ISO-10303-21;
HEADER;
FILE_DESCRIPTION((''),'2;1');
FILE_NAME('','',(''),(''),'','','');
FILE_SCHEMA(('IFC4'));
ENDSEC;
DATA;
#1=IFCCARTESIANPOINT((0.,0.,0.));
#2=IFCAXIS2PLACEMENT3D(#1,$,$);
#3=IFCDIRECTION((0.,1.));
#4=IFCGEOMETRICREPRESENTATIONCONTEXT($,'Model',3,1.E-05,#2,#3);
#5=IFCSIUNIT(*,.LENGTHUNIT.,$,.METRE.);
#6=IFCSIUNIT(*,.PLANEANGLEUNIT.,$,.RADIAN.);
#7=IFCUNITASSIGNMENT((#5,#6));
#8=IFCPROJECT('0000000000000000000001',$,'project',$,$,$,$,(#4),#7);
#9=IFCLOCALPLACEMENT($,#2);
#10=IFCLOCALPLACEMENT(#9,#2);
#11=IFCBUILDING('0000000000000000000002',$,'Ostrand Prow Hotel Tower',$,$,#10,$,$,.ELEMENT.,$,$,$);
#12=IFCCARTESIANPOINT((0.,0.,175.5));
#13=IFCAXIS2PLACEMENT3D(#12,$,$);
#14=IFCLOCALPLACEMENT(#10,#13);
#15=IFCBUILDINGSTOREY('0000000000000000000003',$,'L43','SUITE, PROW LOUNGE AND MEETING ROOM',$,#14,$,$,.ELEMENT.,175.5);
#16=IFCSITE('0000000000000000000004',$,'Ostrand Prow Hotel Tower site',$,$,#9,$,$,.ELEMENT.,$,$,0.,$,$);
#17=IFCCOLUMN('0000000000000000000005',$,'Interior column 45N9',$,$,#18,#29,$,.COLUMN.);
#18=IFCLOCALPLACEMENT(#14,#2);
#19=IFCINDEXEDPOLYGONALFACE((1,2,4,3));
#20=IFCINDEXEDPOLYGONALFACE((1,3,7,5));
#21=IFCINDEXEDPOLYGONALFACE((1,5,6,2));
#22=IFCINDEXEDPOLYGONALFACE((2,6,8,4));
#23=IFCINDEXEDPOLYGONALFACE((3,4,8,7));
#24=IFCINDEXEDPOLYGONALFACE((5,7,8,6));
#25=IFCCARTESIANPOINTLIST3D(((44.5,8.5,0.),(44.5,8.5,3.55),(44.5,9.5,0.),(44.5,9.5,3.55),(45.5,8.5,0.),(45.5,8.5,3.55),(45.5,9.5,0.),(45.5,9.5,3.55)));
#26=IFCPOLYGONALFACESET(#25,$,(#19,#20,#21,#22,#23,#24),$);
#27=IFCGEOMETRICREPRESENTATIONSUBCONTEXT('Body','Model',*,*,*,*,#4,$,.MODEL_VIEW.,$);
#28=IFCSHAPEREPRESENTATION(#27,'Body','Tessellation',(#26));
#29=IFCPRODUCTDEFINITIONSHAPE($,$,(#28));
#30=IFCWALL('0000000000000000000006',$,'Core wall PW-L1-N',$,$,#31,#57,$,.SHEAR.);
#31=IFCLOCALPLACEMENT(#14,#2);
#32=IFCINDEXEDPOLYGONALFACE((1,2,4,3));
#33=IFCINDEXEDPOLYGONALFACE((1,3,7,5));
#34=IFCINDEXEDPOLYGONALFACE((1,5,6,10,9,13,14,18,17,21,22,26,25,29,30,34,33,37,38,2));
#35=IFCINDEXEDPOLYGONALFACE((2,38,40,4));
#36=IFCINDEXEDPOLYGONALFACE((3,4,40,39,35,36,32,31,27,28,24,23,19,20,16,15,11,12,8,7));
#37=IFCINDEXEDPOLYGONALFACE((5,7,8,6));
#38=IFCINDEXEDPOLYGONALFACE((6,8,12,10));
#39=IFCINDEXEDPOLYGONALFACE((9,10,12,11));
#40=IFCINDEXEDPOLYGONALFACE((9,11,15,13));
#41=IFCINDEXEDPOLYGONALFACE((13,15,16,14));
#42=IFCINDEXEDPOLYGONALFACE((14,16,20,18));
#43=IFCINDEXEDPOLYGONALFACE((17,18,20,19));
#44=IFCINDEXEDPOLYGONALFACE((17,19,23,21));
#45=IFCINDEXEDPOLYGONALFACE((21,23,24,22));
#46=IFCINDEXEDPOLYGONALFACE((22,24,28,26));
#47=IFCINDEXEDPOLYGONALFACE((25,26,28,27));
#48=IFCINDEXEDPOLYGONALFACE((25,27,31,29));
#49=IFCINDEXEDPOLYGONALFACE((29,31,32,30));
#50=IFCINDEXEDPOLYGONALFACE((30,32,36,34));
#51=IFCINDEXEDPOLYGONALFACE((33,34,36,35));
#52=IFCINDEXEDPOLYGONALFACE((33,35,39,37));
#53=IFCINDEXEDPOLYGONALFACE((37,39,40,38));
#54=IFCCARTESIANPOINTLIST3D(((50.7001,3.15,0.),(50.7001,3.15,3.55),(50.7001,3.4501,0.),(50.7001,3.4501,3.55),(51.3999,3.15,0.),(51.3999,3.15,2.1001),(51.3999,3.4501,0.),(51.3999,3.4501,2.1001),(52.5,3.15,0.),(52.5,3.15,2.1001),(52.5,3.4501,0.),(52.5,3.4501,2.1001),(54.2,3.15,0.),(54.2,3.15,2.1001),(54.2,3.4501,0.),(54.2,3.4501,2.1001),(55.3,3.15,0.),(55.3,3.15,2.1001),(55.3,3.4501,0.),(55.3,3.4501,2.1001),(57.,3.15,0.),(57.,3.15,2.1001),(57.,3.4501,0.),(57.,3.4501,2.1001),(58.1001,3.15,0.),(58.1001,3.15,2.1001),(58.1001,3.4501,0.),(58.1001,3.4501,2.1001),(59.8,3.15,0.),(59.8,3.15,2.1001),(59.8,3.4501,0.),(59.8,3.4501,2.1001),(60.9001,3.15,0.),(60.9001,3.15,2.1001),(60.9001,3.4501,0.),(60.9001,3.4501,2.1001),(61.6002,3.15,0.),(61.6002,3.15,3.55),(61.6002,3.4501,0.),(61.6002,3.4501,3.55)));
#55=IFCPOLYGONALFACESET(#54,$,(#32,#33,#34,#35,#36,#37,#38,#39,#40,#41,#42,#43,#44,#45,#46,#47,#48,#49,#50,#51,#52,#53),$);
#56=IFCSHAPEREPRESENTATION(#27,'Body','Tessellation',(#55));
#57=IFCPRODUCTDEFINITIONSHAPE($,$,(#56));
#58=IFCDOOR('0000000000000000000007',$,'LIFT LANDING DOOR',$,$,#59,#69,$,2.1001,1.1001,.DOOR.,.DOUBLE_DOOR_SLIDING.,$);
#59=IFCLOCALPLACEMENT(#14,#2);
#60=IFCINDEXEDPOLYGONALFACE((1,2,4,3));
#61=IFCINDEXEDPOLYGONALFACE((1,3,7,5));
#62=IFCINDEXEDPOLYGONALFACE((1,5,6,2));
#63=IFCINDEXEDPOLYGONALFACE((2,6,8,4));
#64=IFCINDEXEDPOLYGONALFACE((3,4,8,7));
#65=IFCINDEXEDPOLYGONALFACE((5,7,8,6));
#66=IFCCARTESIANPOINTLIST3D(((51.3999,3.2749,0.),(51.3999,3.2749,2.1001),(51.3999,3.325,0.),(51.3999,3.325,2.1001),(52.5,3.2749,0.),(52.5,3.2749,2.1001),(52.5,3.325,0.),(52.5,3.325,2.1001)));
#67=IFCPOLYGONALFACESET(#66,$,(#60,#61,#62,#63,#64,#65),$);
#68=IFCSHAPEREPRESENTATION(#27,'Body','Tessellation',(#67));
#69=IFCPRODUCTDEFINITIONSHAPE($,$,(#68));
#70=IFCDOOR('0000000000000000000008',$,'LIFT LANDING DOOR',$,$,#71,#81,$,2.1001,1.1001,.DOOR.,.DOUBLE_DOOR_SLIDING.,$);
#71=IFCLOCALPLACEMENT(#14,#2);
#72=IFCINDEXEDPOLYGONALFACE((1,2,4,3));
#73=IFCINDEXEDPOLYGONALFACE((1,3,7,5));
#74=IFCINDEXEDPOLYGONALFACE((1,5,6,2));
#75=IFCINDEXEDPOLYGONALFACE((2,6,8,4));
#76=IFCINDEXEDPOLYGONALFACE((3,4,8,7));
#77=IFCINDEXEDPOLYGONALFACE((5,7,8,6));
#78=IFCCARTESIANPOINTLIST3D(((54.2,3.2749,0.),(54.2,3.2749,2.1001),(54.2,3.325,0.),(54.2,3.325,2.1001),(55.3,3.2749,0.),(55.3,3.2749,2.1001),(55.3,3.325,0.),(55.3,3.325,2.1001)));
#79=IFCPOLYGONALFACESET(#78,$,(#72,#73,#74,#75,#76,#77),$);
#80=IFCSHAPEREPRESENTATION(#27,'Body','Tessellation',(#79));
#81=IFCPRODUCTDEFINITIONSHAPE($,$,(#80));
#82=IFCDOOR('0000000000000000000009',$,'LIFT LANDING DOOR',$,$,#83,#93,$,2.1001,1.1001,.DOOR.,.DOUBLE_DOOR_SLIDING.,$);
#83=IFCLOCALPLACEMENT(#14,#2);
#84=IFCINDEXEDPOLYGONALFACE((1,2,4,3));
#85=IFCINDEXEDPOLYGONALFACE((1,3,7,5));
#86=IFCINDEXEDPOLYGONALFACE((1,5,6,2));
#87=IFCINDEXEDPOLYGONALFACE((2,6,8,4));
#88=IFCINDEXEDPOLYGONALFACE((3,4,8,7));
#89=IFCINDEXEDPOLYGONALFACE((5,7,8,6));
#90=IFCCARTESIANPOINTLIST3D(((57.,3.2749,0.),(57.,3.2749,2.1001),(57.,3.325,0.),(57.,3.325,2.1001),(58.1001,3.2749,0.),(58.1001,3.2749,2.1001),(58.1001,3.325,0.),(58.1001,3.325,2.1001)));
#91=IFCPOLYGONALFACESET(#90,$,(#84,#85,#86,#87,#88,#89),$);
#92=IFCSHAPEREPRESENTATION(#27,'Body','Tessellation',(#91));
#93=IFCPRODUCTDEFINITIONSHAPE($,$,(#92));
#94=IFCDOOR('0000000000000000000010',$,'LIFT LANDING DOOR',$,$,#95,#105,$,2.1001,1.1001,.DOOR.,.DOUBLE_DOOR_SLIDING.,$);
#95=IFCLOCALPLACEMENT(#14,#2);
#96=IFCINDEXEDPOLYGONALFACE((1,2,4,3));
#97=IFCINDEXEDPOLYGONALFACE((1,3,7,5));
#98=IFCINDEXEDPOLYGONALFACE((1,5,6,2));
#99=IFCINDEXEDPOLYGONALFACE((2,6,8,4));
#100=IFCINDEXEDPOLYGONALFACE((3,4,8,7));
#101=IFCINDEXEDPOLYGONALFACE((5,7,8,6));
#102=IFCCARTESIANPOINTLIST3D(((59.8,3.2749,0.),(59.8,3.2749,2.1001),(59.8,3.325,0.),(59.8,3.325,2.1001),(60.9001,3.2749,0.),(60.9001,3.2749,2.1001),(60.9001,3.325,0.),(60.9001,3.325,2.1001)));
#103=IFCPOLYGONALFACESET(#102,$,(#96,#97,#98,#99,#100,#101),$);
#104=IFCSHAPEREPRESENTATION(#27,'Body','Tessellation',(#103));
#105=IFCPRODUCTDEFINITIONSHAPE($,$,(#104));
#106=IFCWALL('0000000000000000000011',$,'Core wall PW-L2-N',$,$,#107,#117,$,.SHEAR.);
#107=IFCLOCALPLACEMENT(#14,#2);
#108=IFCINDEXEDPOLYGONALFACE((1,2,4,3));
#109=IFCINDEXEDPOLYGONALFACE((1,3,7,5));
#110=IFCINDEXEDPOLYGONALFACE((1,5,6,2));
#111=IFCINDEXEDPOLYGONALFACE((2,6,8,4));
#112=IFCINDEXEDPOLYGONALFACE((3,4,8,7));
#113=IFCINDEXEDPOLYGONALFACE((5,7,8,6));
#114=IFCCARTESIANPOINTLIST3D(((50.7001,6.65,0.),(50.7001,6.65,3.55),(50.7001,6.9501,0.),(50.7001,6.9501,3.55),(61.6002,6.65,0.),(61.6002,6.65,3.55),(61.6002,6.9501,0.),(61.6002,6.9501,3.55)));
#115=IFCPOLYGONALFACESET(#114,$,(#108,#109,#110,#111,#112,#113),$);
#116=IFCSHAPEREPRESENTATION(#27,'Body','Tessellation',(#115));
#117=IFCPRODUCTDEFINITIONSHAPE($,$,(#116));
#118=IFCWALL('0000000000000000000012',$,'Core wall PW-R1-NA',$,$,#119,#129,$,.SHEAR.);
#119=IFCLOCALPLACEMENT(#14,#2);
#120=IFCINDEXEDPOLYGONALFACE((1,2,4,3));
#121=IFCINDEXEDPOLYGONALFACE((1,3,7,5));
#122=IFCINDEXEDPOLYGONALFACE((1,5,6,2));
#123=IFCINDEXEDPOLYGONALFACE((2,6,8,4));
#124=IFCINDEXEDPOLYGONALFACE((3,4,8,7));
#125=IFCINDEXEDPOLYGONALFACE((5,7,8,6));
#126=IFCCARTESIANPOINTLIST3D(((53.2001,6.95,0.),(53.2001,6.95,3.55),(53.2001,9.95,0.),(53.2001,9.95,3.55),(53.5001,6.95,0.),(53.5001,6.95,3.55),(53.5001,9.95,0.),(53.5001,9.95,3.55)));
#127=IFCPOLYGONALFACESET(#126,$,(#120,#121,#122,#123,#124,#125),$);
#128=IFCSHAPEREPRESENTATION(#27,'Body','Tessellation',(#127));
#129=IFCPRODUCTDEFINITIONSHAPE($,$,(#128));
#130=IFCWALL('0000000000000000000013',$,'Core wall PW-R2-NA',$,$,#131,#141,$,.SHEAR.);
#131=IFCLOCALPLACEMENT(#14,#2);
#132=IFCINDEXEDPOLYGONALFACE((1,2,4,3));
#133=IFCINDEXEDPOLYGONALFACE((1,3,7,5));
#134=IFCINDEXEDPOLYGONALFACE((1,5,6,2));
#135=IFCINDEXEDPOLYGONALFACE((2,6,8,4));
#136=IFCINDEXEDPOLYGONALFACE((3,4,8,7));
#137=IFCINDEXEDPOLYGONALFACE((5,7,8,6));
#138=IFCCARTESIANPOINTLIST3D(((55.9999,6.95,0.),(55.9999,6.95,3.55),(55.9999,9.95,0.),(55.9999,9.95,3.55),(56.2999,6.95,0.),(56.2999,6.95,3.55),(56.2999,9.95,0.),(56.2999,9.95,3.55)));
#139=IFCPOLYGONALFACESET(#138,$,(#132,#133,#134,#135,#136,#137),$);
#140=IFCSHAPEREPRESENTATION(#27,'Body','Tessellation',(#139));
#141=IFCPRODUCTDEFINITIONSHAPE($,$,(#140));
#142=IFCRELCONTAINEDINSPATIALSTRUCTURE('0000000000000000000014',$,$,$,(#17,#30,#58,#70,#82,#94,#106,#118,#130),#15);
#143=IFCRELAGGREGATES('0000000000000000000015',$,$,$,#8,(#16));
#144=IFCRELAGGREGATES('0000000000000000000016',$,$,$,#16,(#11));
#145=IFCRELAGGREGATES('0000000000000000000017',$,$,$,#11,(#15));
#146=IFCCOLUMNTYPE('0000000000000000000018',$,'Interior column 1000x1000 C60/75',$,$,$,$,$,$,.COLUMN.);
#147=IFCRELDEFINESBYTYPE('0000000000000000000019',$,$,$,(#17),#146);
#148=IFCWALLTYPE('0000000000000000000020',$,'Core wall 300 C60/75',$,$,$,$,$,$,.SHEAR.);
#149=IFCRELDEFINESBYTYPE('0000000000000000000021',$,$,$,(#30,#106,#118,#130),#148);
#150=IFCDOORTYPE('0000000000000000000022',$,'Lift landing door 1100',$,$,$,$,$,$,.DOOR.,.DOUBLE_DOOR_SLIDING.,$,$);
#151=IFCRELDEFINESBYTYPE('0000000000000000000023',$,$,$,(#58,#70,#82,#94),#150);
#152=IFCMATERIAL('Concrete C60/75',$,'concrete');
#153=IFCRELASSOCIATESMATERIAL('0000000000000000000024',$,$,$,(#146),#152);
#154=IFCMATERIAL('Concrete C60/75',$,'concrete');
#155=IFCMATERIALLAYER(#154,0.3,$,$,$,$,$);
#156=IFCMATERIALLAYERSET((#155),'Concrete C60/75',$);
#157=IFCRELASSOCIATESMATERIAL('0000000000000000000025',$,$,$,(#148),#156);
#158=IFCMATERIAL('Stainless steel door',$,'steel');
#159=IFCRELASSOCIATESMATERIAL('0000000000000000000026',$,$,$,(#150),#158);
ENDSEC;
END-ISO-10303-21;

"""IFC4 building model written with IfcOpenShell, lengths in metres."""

from ifc_helpers import new_model, si_unit, direction, frame, frame_2d, origin, origin_2d, place, context, subcontext, project, spatial, rectangle, extrude, material, layer, layer_set, material_profile, profile_set, type_object, element, fill, save


model = new_model("IFC4")

# Units and contexts
model_context = context("Model", 3, precision=1e-05, world=origin(), true_north=direction((0.0, 1.0)))
body_context = subcontext(model_context, "Body", "Model", "MODEL_VIEW")
ifc_project = project(units=[si_unit("LENGTHUNIT", "METRE"), si_unit("PLANEANGLEUNIT", "RADIAN")], contexts=[model_context])

# Site, building, storey
site_placement = place(None, origin())
site = spatial("IfcSite", under=ifc_project, at=site_placement, Name="Ostrand Prow Hotel Tower site", CompositionType="ELEMENT", RefElevation=0.0)
building_placement = place(site_placement, origin())
building = spatial("IfcBuilding", under=site, at=building_placement, Name="Ostrand Prow Hotel Tower", CompositionType="ELEMENT")
storey_placement = place(building_placement, frame((0.0, 0.0, 175.5)))
storey = spatial("IfcBuildingStorey", under=building, at=storey_placement, Name="L43", Description="SUITE, PROW LOUNGE AND MEETING ROOM", CompositionType="ELEMENT", Elevation=175.5)

# Column
ifc_material_1 = material(Name="Concrete C60/75", Category="concrete")
ifc_material_profile = material_profile(ifc_material_1, rectangle(XDim=1.0, YDim=1.0, at=origin_2d()), Name="RC 1000x1000")
ifc_profile_set = profile_set([ifc_material_profile], Name="Concrete C60/75")
column_type = type_object("IfcColumnType", Name="Interior column 1000x1000 C60/75", PredefinedType="COLUMN", material=ifc_profile_set)
column_placement = place(storey_placement, frame((45.0, 9.0, 0.0), z_axis=(0.0, 0.0, 1.0), x_axis=(1.0, 0.0, 0.0)))
element("IfcColumn", 1, at=column_placement, inside=storey, type_object=column_type, Name="Interior column 45N9", PredefinedType="COLUMN", context=body_context, shape_type="SweptSolid", body=[
    extrude(rectangle(XDim=1.0, YDim=1.0, at=origin_2d()), origin(), (0.0, 0.0, 1.0), 3.55),
])

# Wall, openings, doors
ifc_material_2 = material(Name="Concrete C60/75", Category="concrete")
ifc_layer_1 = layer(ifc_material_2, 0.3)
ifc_layer_set_1 = layer_set([ifc_layer_1], Name="Concrete C60/75")
wall_type_1 = type_object("IfcWallType", Name="Core wall 300 C60/75", PredefinedType="SHEAR", material=ifc_layer_set_1)
wall_1_placement = place(storey_placement, frame((50.7, 3.3, 0.0), z_axis=(0.0, 0.0, 1.0), x_axis=(1.0, 0.0, 0.0)))
wall_1 = element("IfcWall", 2, at=wall_1_placement, inside=storey, type_object=wall_type_1, Name="Core wall PW-L1-N", PredefinedType="SHEAR", context=body_context, shape_type="SweptSolid", body=[
    extrude(rectangle(XDim=10.9001, YDim=0.3, at=frame_2d((5.4502, 0.0))), origin(), (0.0, 0.0, 1.0), 3.55),
])
opening_1_placement = place(wall_1_placement, frame((0.7, 0.0, 0.0)))
opening_1 = element("IfcOpeningElement", 3, at=opening_1_placement, cuts=wall_1, PredefinedType="OPENING", context=body_context, shape_type="SweptSolid", body=[
    extrude(rectangle(XDim=1.1001, YDim=2.1001, at=frame_2d((0.55, 1.05))), frame((0.0, 0.1599, 0.0), z_axis=(0.0, -1.0, 0.0), x_axis=(1.0, 0.0, 0.0)), (0.0, 0.0, 1.0), 0.3201),
])
opening_2_placement = place(wall_1_placement, frame((3.5, 0.0, 0.0)))
opening_2 = element("IfcOpeningElement", 4, at=opening_2_placement, cuts=wall_1, PredefinedType="OPENING", context=body_context, shape_type="SweptSolid", body=[
    extrude(rectangle(XDim=1.1001, YDim=2.1001, at=frame_2d((0.55, 1.05))), frame((0.0, 0.1599, 0.0), z_axis=(0.0, -1.0, 0.0), x_axis=(1.0, 0.0, 0.0)), (0.0, 0.0, 1.0), 0.3201),
])
opening_3_placement = place(wall_1_placement, frame((6.3, 0.0, 0.0)))
opening_3 = element("IfcOpeningElement", 5, at=opening_3_placement, cuts=wall_1, PredefinedType="OPENING", context=body_context, shape_type="SweptSolid", body=[
    extrude(rectangle(XDim=1.1001, YDim=2.1001, at=frame_2d((0.55, 1.05))), frame((0.0, 0.1599, 0.0), z_axis=(0.0, -1.0, 0.0), x_axis=(1.0, 0.0, 0.0)), (0.0, 0.0, 1.0), 0.3201),
])
opening_4_placement = place(wall_1_placement, frame((9.1001, 0.0, 0.0)))
opening_4 = element("IfcOpeningElement", 6, at=opening_4_placement, cuts=wall_1, PredefinedType="OPENING", context=body_context, shape_type="SweptSolid", body=[
    extrude(rectangle(XDim=1.1001, YDim=2.1001, at=frame_2d((0.55, 1.05))), frame((0.0, 0.1599, 0.0), z_axis=(0.0, -1.0, 0.0), x_axis=(1.0, 0.0, 0.0)), (0.0, 0.0, 1.0), 0.3201),
])
ifc_material_3 = material(Name="Stainless steel door", Category="steel")
door_type_1 = type_object("IfcDoorType", Name="Lift landing door 1100", OperationType="DOUBLE_DOOR_SLIDING", PredefinedType="DOOR", material=ifc_material_3)
door_1_placement = place(opening_1_placement, origin())
door_1 = element("IfcDoor", 7, at=door_1_placement, inside=storey, type_object=door_type_1, Name="LIFT LANDING DOOR", OperationType="DOUBLE_DOOR_SLIDING", OverallHeight=2.1001, OverallWidth=1.1001, PredefinedType="DOOR", context=body_context, shape_type="SweptSolid", body=[
    extrude(rectangle(XDim=1.1001, YDim=2.1001, at=frame_2d((0.55, 1.05))), frame((0.0, 0.0249, 0.0), z_axis=(0.0, -1.0, 0.0), x_axis=(1.0, 0.0, 0.0)), (0.0, 0.0, 1.0), 0.05),
])
fill(opening_1, door_1)
door_2_placement = place(opening_2_placement, origin())
door_2 = element("IfcDoor", 8, at=door_2_placement, inside=storey, type_object=door_type_1, Name="LIFT LANDING DOOR", OperationType="DOUBLE_DOOR_SLIDING", OverallHeight=2.1001, OverallWidth=1.1001, PredefinedType="DOOR", context=body_context, shape_type="SweptSolid", body=[
    extrude(rectangle(XDim=1.1001, YDim=2.1001, at=frame_2d((0.55, 1.05))), frame((0.0, 0.0249, 0.0), z_axis=(0.0, -1.0, 0.0), x_axis=(1.0, 0.0, 0.0)), (0.0, 0.0, 1.0), 0.05),
])
fill(opening_2, door_2)
door_3_placement = place(opening_3_placement, origin())
door_3 = element("IfcDoor", 9, at=door_3_placement, inside=storey, type_object=door_type_1, Name="LIFT LANDING DOOR", OperationType="DOUBLE_DOOR_SLIDING", OverallHeight=2.1001, OverallWidth=1.1001, PredefinedType="DOOR", context=body_context, shape_type="SweptSolid", body=[
    extrude(rectangle(XDim=1.1001, YDim=2.1001, at=frame_2d((0.55, 1.05))), frame((0.0, 0.0249, 0.0), z_axis=(0.0, -1.0, 0.0), x_axis=(1.0, 0.0, 0.0)), (0.0, 0.0, 1.0), 0.05),
])
fill(opening_3, door_3)
door_4_placement = place(opening_4_placement, origin())
door_4 = element("IfcDoor", 10, at=door_4_placement, inside=storey, type_object=door_type_1, Name="LIFT LANDING DOOR", OperationType="DOUBLE_DOOR_SLIDING", OverallHeight=2.1001, OverallWidth=1.1001, PredefinedType="DOOR", context=body_context, shape_type="SweptSolid", body=[
    extrude(rectangle(XDim=1.1001, YDim=2.1001, at=frame_2d((0.55, 1.05))), frame((0.0, 0.0249, 0.0), z_axis=(0.0, -1.0, 0.0), x_axis=(1.0, 0.0, 0.0)), (0.0, 0.0, 1.0), 0.05),
])
fill(opening_4, door_4)

# Walls
wall_2_placement = place(storey_placement, frame((50.7, 6.8, 0.0), z_axis=(0.0, 0.0, 1.0), x_axis=(1.0, 0.0, 0.0)))
element("IfcWall", 11, at=wall_2_placement, inside=storey, type_object=wall_type_1, Name="Core wall PW-L2-N", PredefinedType="SHEAR", context=body_context, shape_type="SweptSolid", body=[
    extrude(rectangle(XDim=10.9001, YDim=0.3, at=frame_2d((5.4502, 0.0))), origin(), (0.0, 0.0, 1.0), 3.55),
])
for number, where, z_axis, x_axis, name in (
    (12, (53.3501, 6.95, 0.0), (0.0, 0.0, 1.0), (0.0, 1.0, 0.0), "Core wall PW-R1-NA"),
    (13, (56.1499, 6.95, 0.0), (0.0, 0.0, 1.0), (0.0, 1.0, 0.0), "Core wall PW-R2-NA"),
):
    element("IfcWall", number, at=place(storey_placement, frame(where, z_axis=z_axis, x_axis=x_axis)), inside=storey, type_object=wall_type_1, Name=name, PredefinedType="SHEAR", context=body_context, shape_type="SweptSolid", body=[
        extrude(rectangle(XDim=3.0, YDim=0.3, at=frame_2d((1.5, 0.0))), origin(), (0.0, 0.0, 1.0), 3.55),
    ])

save(model, "model.ifc")
